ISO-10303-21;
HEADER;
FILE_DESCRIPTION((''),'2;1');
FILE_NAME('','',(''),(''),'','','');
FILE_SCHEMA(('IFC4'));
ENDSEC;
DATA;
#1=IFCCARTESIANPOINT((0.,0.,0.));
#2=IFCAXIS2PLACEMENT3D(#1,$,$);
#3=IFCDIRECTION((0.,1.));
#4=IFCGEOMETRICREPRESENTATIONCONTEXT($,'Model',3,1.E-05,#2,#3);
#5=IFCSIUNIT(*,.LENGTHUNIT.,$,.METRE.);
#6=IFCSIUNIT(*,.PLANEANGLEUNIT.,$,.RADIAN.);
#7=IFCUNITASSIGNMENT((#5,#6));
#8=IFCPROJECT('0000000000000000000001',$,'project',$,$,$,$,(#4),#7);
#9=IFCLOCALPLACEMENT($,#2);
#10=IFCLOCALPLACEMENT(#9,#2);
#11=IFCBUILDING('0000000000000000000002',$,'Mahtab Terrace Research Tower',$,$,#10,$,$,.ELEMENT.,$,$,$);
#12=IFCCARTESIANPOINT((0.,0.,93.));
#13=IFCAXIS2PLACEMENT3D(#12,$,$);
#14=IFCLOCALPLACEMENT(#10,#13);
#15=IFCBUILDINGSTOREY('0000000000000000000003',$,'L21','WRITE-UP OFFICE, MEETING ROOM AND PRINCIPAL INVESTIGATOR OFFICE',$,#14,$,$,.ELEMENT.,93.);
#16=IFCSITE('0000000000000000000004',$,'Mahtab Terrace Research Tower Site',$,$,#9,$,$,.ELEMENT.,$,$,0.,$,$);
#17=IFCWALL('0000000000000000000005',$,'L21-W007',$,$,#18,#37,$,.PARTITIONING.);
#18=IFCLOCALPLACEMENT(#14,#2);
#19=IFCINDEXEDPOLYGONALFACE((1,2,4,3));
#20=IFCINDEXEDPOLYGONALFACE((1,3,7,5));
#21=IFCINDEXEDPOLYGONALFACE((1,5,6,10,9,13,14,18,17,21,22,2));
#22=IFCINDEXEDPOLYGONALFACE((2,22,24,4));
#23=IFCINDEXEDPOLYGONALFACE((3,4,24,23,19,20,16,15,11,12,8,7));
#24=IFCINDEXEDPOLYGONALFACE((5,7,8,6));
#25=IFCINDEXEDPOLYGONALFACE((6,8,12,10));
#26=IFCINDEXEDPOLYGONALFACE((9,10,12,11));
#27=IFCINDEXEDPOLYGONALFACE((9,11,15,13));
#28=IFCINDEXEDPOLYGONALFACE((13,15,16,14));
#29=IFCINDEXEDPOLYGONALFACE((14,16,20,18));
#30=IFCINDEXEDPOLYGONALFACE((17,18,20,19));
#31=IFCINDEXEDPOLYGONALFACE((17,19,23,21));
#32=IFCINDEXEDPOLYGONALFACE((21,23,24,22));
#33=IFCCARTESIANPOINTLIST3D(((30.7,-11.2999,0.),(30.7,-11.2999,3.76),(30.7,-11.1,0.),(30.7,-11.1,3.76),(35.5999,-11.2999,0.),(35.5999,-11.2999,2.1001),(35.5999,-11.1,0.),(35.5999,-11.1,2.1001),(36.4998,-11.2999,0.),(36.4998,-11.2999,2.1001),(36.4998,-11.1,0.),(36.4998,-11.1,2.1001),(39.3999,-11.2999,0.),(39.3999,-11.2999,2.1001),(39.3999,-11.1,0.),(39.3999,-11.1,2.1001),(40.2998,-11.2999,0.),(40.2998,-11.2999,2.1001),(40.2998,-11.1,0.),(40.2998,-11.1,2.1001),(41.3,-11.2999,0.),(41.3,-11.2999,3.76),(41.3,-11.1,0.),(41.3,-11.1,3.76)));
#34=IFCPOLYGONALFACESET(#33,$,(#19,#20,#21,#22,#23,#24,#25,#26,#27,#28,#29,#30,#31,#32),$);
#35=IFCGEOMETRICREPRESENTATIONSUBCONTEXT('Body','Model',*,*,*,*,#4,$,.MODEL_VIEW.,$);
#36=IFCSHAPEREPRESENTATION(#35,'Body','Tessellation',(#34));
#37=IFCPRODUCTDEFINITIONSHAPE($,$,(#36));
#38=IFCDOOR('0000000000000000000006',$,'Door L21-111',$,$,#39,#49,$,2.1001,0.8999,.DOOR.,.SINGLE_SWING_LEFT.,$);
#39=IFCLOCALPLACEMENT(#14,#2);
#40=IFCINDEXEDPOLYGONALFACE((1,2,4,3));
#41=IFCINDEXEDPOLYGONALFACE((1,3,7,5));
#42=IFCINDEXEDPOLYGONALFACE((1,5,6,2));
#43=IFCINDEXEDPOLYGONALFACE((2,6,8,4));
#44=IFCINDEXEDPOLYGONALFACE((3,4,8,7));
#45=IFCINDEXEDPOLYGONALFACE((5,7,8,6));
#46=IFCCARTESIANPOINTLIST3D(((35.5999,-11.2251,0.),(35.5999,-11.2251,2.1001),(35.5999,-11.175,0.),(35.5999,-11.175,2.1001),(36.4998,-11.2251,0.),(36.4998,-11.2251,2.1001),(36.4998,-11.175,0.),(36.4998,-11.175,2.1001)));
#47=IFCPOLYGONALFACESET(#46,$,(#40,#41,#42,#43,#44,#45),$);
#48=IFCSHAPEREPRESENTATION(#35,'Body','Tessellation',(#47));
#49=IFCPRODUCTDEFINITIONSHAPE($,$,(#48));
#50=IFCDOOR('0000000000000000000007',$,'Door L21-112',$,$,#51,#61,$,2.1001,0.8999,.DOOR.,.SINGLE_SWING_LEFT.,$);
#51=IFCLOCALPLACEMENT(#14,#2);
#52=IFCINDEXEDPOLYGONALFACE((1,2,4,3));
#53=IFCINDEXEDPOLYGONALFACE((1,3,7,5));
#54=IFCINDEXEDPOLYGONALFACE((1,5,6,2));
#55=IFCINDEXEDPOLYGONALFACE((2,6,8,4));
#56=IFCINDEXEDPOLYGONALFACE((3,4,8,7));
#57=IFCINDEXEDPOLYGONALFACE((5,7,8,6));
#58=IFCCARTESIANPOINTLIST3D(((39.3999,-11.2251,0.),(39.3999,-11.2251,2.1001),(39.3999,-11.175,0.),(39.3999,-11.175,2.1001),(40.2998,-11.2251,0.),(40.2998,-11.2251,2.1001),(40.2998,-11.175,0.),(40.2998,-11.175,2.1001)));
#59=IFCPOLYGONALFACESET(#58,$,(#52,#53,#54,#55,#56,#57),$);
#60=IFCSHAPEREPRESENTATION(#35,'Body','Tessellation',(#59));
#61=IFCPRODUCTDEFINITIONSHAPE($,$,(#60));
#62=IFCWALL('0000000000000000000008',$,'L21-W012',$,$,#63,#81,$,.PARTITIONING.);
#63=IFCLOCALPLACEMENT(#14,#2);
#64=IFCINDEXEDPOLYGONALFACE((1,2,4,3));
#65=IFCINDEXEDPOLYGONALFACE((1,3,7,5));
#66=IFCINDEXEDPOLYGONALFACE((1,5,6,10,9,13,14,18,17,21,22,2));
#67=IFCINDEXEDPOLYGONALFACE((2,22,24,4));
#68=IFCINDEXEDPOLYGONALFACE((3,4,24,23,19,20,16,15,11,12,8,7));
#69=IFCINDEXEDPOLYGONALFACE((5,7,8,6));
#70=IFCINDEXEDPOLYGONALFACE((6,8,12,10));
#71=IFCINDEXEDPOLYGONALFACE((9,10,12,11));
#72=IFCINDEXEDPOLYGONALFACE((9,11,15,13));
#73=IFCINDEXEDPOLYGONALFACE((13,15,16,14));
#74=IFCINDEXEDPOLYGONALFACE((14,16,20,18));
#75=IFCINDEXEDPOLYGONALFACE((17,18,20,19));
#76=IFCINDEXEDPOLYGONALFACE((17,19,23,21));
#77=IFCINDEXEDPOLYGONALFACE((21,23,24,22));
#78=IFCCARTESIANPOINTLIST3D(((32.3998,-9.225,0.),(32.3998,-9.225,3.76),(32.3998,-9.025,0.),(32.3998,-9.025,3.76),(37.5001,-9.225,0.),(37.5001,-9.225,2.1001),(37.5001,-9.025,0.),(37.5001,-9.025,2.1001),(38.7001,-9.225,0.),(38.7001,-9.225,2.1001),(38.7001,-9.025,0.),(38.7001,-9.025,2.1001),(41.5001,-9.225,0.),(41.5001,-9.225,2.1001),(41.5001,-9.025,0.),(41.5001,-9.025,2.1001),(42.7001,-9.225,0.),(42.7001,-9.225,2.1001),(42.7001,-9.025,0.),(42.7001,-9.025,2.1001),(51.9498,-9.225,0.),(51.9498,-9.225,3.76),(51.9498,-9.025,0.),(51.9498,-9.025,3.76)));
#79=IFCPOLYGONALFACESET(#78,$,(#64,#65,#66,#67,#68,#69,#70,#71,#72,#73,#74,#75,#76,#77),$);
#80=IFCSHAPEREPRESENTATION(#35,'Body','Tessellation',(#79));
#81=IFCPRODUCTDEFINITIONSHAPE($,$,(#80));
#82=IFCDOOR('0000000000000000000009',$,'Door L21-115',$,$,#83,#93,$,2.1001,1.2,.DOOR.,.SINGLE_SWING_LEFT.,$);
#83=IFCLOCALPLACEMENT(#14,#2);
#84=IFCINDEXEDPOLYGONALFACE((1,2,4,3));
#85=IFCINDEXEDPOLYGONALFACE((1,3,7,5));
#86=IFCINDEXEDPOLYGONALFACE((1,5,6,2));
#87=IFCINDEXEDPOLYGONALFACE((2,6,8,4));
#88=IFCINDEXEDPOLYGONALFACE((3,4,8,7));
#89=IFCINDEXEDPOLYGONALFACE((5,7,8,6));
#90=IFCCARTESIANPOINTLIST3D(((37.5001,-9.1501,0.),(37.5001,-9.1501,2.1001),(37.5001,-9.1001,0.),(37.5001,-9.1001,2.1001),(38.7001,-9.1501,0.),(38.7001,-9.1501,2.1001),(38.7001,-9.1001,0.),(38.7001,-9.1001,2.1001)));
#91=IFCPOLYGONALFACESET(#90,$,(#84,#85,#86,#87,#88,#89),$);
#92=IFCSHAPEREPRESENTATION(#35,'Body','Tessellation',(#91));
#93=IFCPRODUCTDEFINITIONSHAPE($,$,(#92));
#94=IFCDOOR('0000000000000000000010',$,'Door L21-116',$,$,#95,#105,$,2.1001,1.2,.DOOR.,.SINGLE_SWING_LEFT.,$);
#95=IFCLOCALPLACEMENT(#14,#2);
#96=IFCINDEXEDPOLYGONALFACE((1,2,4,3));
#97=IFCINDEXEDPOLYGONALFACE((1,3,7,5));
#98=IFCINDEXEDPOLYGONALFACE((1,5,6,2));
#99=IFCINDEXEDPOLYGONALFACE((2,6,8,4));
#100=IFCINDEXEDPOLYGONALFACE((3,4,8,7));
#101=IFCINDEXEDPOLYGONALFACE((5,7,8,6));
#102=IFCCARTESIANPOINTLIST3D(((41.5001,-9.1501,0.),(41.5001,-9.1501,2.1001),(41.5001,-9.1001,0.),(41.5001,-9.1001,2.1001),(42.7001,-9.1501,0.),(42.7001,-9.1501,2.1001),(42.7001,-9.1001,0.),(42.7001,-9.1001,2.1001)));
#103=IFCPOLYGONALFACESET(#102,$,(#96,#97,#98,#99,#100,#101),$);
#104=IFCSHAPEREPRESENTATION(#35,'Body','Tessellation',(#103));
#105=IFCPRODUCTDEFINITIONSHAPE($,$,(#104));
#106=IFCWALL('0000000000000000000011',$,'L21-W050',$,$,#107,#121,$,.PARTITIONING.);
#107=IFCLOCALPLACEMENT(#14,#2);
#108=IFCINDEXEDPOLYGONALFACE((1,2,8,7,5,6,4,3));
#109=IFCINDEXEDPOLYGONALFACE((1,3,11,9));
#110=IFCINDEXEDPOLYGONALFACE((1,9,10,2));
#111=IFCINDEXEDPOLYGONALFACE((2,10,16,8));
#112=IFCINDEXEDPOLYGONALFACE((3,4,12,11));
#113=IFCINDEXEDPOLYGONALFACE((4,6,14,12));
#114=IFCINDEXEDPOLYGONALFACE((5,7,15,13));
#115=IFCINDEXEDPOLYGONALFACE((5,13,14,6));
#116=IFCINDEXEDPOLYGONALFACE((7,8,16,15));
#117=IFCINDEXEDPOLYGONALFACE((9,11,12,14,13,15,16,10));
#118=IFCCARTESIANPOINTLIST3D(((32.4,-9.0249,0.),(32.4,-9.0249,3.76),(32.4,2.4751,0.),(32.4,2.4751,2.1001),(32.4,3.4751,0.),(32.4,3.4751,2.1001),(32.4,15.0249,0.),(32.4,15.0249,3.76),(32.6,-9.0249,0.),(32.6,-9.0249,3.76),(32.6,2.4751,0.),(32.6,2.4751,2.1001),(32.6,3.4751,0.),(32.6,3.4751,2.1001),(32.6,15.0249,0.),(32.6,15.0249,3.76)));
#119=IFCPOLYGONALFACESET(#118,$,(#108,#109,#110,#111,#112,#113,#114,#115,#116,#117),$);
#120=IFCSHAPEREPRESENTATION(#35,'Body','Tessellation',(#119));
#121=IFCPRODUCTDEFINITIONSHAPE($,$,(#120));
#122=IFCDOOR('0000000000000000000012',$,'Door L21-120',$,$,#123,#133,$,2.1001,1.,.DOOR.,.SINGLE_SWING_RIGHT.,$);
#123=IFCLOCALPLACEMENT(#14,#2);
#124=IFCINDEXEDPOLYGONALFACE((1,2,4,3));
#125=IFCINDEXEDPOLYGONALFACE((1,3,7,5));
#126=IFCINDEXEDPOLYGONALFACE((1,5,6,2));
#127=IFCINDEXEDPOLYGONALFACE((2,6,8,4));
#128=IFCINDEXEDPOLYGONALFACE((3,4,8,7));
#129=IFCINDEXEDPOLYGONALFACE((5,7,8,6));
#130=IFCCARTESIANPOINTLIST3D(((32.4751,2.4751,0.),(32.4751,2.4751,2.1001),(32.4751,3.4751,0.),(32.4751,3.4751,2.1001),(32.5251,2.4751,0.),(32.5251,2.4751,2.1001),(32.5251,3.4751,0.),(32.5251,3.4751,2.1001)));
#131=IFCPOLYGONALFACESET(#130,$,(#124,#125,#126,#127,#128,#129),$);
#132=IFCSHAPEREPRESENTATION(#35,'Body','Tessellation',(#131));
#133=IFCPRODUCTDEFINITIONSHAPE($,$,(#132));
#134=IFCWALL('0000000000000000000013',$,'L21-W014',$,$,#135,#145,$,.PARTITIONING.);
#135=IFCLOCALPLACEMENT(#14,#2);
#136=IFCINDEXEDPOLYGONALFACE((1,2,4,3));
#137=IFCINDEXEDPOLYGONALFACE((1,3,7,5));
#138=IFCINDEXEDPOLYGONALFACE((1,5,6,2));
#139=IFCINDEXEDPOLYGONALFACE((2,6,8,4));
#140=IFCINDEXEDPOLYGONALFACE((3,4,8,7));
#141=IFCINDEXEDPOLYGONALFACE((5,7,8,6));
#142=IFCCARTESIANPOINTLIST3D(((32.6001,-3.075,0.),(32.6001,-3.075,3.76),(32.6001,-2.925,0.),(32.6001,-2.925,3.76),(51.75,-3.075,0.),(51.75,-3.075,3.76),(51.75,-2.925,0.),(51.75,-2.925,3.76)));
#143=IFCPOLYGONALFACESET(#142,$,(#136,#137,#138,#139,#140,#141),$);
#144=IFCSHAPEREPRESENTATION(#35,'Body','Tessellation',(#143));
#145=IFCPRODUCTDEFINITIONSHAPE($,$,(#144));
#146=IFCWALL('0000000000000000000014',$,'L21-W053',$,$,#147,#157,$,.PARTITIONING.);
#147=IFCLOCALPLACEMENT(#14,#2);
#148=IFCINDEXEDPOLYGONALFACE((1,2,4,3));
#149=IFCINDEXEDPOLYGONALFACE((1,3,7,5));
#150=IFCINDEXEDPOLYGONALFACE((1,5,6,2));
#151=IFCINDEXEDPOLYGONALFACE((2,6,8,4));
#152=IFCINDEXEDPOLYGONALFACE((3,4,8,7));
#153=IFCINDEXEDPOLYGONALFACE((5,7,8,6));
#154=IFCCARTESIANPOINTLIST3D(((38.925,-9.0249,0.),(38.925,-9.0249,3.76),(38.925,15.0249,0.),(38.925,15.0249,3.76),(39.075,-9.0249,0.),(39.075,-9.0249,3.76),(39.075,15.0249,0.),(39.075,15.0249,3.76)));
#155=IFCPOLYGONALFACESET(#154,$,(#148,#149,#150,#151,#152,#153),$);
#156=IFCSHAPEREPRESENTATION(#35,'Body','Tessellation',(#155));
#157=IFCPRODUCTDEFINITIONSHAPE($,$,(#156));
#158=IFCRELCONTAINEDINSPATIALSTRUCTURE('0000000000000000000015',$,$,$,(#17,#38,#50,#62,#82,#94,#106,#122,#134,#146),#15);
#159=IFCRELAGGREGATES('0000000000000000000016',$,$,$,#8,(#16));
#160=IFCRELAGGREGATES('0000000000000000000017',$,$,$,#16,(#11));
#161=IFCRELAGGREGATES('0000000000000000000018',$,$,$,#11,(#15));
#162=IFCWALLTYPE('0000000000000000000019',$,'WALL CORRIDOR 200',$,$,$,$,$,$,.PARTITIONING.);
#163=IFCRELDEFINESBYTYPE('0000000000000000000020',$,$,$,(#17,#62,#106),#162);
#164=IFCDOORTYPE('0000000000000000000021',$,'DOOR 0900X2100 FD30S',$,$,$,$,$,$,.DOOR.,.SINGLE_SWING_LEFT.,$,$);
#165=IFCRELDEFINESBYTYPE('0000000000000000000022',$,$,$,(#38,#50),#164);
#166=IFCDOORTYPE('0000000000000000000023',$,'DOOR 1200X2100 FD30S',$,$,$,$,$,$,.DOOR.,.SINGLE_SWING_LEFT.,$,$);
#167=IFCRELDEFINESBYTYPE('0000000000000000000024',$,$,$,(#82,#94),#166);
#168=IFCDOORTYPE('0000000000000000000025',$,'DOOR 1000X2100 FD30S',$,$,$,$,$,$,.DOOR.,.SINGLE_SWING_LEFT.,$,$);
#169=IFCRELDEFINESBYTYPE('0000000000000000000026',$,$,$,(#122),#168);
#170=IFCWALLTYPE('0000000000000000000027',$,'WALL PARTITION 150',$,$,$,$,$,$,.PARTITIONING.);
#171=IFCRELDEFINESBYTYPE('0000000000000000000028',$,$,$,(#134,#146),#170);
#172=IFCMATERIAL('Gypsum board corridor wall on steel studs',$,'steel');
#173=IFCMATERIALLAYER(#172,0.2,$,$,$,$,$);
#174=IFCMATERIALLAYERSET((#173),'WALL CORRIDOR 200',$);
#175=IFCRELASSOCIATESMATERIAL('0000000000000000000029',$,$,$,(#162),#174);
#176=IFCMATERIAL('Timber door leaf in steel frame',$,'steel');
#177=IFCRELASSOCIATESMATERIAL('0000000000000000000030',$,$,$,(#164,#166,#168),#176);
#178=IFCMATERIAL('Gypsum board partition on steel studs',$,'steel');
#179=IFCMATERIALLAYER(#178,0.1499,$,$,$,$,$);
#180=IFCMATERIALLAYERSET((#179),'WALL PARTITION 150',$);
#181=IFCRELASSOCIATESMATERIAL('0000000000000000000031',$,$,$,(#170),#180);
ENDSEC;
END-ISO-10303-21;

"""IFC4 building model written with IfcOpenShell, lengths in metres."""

from ifc_helpers import new_model, si_unit, direction, frame, frame_2d, origin, place, context, subcontext, project, spatial, rectangle, extrude, material, layer, layer_set, type_object, element, fill, save


model = new_model("IFC4")

# Units and contexts
model_context = context("Model", 3, precision=1e-05, world=origin(), true_north=direction((0.0, 1.0)))
body_context = subcontext(model_context, "Body", "Model", "MODEL_VIEW")
ifc_project = project(units=[si_unit("LENGTHUNIT", "METRE"), si_unit("PLANEANGLEUNIT", "RADIAN")], contexts=[model_context])

# Site, building, storey
site_placement = place(None, origin())
site = spatial("IfcSite", under=ifc_project, at=site_placement, Name="Mahtab Terrace Research Tower Site", CompositionType="ELEMENT", RefElevation=0.0)
building_placement = place(site_placement, origin())
building = spatial("IfcBuilding", under=site, at=building_placement, Name="Mahtab Terrace Research Tower", CompositionType="ELEMENT")
storey_placement = place(building_placement, frame((0.0, 0.0, 93.0)))
storey = spatial("IfcBuildingStorey", under=building, at=storey_placement, Name="L21", Description="WRITE-UP OFFICE, MEETING ROOM AND PRINCIPAL INVESTIGATOR OFFICE", CompositionType="ELEMENT", Elevation=93.0)

# Walls, openings, doors
ifc_material_1 = material(Name="Gypsum board corridor wall on steel studs", Category="steel")
ifc_layer_1 = layer(ifc_material_1, 0.2)
ifc_layer_set_1 = layer_set([ifc_layer_1], Name="WALL CORRIDOR 200")
wall_type_1 = type_object("IfcWallType", Name="WALL CORRIDOR 200", PredefinedType="PARTITIONING", material=ifc_layer_set_1)
wall_1_placement = place(storey_placement, frame((30.7, -11.2, 0.0), z_axis=(0.0, 0.0, 1.0), x_axis=(1.0, 0.0, 0.0)))
wall_1 = element("IfcWall", 1, at=wall_1_placement, inside=storey, type_object=wall_type_1, Name="L21-W007", PredefinedType="PARTITIONING", context=body_context, shape_type="SweptSolid", body=[
    extrude(rectangle(XDim=10.6001, YDim=0.2, at=frame_2d((5.3, 0.0))), origin(), (0.0, 0.0, 1.0), 3.76),
])
opening_1_placement = place(wall_1_placement, frame((4.8999, 0.0, 0.0)))
opening_1 = element("IfcOpeningElement", 2, at=opening_1_placement, cuts=wall_1, PredefinedType="OPENING", context=body_context, shape_type="SweptSolid", body=[
    extrude(rectangle(XDim=0.8999, YDim=2.1001, at=frame_2d((0.45, 1.05))), frame((0.0, 0.1099, 0.0), z_axis=(0.0, -1.0, 0.0), x_axis=(1.0, 0.0, 0.0)), (0.0, 0.0, 1.0), 0.22),
])
opening_2_placement = place(wall_1_placement, frame((8.7, 0.0, 0.0)))
opening_2 = element("IfcOpeningElement", 3, at=opening_2_placement, cuts=wall_1, PredefinedType="OPENING", context=body_context, shape_type="SweptSolid", body=[
    extrude(rectangle(XDim=0.8999, YDim=2.1001, at=frame_2d((0.45, 1.05))), frame((0.0, 0.1099, 0.0), z_axis=(0.0, -1.0, 0.0), x_axis=(1.0, 0.0, 0.0)), (0.0, 0.0, 1.0), 0.22),
])
ifc_material_2 = material(Name="Timber door leaf in steel frame", Category="steel")
door_type_1 = type_object("IfcDoorType", Name="DOOR 0900X2100 FD30S", OperationType="SINGLE_SWING_LEFT", PredefinedType="DOOR", material=ifc_material_2)
door_1_placement = place(opening_1_placement, origin())
door_1 = element("IfcDoor", 4, at=door_1_placement, inside=storey, type_object=door_type_1, Name="Door L21-111", OperationType="SINGLE_SWING_LEFT", OverallHeight=2.1001, OverallWidth=0.8999, PredefinedType="DOOR", context=body_context, shape_type="SweptSolid", body=[
    extrude(rectangle(XDim=0.8999, YDim=2.1001, at=frame_2d((0.45, 1.05))), frame((0.0, 0.0249, 0.0), z_axis=(0.0, -1.0, 0.0), x_axis=(1.0, 0.0, 0.0)), (0.0, 0.0, 1.0), 0.05),
])
fill(opening_1, door_1)
door_2_placement = place(opening_2_placement, origin())
door_2 = element("IfcDoor", 5, at=door_2_placement, inside=storey, type_object=door_type_1, Name="Door L21-112", OperationType="SINGLE_SWING_LEFT", OverallHeight=2.1001, OverallWidth=0.8999, PredefinedType="DOOR", context=body_context, shape_type="SweptSolid", body=[
    extrude(rectangle(XDim=0.8999, YDim=2.1001, at=frame_2d((0.45, 1.05))), frame((0.0, 0.0249, 0.0), z_axis=(0.0, -1.0, 0.0), x_axis=(1.0, 0.0, 0.0)), (0.0, 0.0, 1.0), 0.05),
])
fill(opening_2, door_2)
wall_2_placement = place(storey_placement, frame((32.3999, -9.125, 0.0), z_axis=(0.0, 0.0, 1.0), x_axis=(1.0, 0.0, 0.0)))
wall_2 = element("IfcWall", 6, at=wall_2_placement, inside=storey, type_object=wall_type_1, Name="L21-W012", PredefinedType="PARTITIONING", context=body_context, shape_type="SweptSolid", body=[
    extrude(rectangle(XDim=19.55, YDim=0.2, at=frame_2d((9.7749, 0.0))), origin(), (0.0, 0.0, 1.0), 3.76),
])
opening_3_placement = place(wall_2_placement, frame((5.1001, 0.0, 0.0)))
opening_3 = element("IfcOpeningElement", 7, at=opening_3_placement, cuts=wall_2, PredefinedType="OPENING", context=body_context, shape_type="SweptSolid", body=[
    extrude(rectangle(XDim=1.2, YDim=2.1001, at=frame_2d((0.6001, 1.05))), frame((0.0, 0.1099, 0.0), z_axis=(0.0, -1.0, 0.0), x_axis=(1.0, 0.0, 0.0)), (0.0, 0.0, 1.0), 0.22),
])
opening_4_placement = place(wall_2_placement, frame((9.1001, 0.0, 0.0)))
opening_4 = element("IfcOpeningElement", 8, at=opening_4_placement, cuts=wall_2, PredefinedType="OPENING", context=body_context, shape_type="SweptSolid", body=[
    extrude(rectangle(XDim=1.2, YDim=2.1001, at=frame_2d((0.6001, 1.05))), frame((0.0, 0.1099, 0.0), z_axis=(0.0, -1.0, 0.0), x_axis=(1.0, 0.0, 0.0)), (0.0, 0.0, 1.0), 0.22),
])
door_type_2 = type_object("IfcDoorType", Name="DOOR 1200X2100 FD30S", OperationType="SINGLE_SWING_LEFT", PredefinedType="DOOR", material=ifc_material_2)
door_3_placement = place(opening_3_placement, origin())
door_3 = element("IfcDoor", 9, at=door_3_placement, inside=storey, type_object=door_type_2, Name="Door L21-115", OperationType="SINGLE_SWING_LEFT", OverallHeight=2.1001, OverallWidth=1.2, PredefinedType="DOOR", context=body_context, shape_type="SweptSolid", body=[
    extrude(rectangle(XDim=1.2, YDim=2.1001, at=frame_2d((0.6001, 1.05))), frame((0.0, 0.0249, 0.0), z_axis=(0.0, -1.0, 0.0), x_axis=(1.0, 0.0, 0.0)), (0.0, 0.0, 1.0), 0.05),
])
fill(opening_3, door_3)
door_4_placement = place(opening_4_placement, origin())
door_4 = element("IfcDoor", 10, at=door_4_placement, inside=storey, type_object=door_type_2, Name="Door L21-116", OperationType="SINGLE_SWING_LEFT", OverallHeight=2.1001, OverallWidth=1.2, PredefinedType="DOOR", context=body_context, shape_type="SweptSolid", body=[
    extrude(rectangle(XDim=1.2, YDim=2.1001, at=frame_2d((0.6001, 1.05))), frame((0.0, 0.0249, 0.0), z_axis=(0.0, -1.0, 0.0), x_axis=(1.0, 0.0, 0.0)), (0.0, 0.0, 1.0), 0.05),
])
fill(opening_4, door_4)

# Wall, opening, door
wall_3_placement = place(storey_placement, frame((32.5, -9.0249, 0.0), z_axis=(0.0, 0.0, 1.0), x_axis=(0.0, 1.0, 0.0)))
wall_3 = element("IfcWall", 11, at=wall_3_placement, inside=storey, type_object=wall_type_1, Name="L21-W050", PredefinedType="PARTITIONING", context=body_context, shape_type="SweptSolid", body=[
    extrude(rectangle(XDim=24.0498, YDim=0.2, at=frame_2d((12.0249, 0.0))), origin(), (0.0, 0.0, 1.0), 3.76),
])
opening_5_placement = place(wall_3_placement, frame((11.5, 0.0, 0.0)))
opening_5 = element("IfcOpeningElement", 12, at=opening_5_placement, cuts=wall_3, PredefinedType="OPENING", context=body_context, shape_type="SweptSolid", body=[
    extrude(rectangle(XDim=1.0, YDim=2.1001, at=frame_2d((0.5, 1.05))), frame((0.0, 0.1099, 0.0), z_axis=(0.0, -1.0, 0.0), x_axis=(1.0, 0.0, 0.0)), (0.0, 0.0, 1.0), 0.22),
])
door_type_3 = type_object("IfcDoorType", Name="DOOR 1000X2100 FD30S", OperationType="SINGLE_SWING_LEFT", PredefinedType="DOOR", material=ifc_material_2)
door_5_placement = place(opening_5_placement, origin())
door_5 = element("IfcDoor", 13, at=door_5_placement, inside=storey, type_object=door_type_3, Name="Door L21-120", OperationType="SINGLE_SWING_RIGHT", OverallHeight=2.1001, OverallWidth=1.0, PredefinedType="DOOR", context=body_context, shape_type="SweptSolid", body=[
    extrude(rectangle(XDim=1.0, YDim=2.1001, at=frame_2d((0.5, 1.05))), frame((0.0, 0.0249, 0.0), z_axis=(0.0, -1.0, 0.0), x_axis=(1.0, 0.0, 0.0)), (0.0, 0.0, 1.0), 0.05),
])
fill(opening_5, door_5)

# Walls
ifc_material_3 = material(Name="Gypsum board partition on steel studs", Category="steel")
ifc_layer_2 = layer(ifc_material_3, 0.1499)
ifc_layer_set_2 = layer_set([ifc_layer_2], Name="WALL PARTITION 150")
wall_type_2 = type_object("IfcWallType", Name="WALL PARTITION 150", PredefinedType="PARTITIONING", material=ifc_layer_set_2)
wall_4_placement = place(storey_placement, frame((32.6001, -3.0, 0.0), z_axis=(0.0, 0.0, 1.0), x_axis=(1.0, 0.0, 0.0)))
element("IfcWall", 14, at=wall_4_placement, inside=storey, type_object=wall_type_2, Name="L21-W014", PredefinedType="PARTITIONING", context=body_context, shape_type="SweptSolid", body=[
    extrude(rectangle(XDim=19.1499, YDim=0.1499, at=frame_2d((9.575, 0.0))), origin(), (0.0, 0.0, 1.0), 3.76),
])
wall_5_placement = place(storey_placement, frame((39.0, -9.0249, 0.0), z_axis=(0.0, 0.0, 1.0), x_axis=(0.0, 1.0, 0.0)))
element("IfcWall", 15, at=wall_5_placement, inside=storey, type_object=wall_type_2, Name="L21-W053", PredefinedType="PARTITIONING", context=body_context, shape_type="SweptSolid", body=[
    extrude(rectangle(XDim=24.0498, YDim=0.1499, at=frame_2d((12.0249, 0.0))), origin(), (0.0, 0.0, 1.0), 3.76),
])

save(model, "model.ifc")
